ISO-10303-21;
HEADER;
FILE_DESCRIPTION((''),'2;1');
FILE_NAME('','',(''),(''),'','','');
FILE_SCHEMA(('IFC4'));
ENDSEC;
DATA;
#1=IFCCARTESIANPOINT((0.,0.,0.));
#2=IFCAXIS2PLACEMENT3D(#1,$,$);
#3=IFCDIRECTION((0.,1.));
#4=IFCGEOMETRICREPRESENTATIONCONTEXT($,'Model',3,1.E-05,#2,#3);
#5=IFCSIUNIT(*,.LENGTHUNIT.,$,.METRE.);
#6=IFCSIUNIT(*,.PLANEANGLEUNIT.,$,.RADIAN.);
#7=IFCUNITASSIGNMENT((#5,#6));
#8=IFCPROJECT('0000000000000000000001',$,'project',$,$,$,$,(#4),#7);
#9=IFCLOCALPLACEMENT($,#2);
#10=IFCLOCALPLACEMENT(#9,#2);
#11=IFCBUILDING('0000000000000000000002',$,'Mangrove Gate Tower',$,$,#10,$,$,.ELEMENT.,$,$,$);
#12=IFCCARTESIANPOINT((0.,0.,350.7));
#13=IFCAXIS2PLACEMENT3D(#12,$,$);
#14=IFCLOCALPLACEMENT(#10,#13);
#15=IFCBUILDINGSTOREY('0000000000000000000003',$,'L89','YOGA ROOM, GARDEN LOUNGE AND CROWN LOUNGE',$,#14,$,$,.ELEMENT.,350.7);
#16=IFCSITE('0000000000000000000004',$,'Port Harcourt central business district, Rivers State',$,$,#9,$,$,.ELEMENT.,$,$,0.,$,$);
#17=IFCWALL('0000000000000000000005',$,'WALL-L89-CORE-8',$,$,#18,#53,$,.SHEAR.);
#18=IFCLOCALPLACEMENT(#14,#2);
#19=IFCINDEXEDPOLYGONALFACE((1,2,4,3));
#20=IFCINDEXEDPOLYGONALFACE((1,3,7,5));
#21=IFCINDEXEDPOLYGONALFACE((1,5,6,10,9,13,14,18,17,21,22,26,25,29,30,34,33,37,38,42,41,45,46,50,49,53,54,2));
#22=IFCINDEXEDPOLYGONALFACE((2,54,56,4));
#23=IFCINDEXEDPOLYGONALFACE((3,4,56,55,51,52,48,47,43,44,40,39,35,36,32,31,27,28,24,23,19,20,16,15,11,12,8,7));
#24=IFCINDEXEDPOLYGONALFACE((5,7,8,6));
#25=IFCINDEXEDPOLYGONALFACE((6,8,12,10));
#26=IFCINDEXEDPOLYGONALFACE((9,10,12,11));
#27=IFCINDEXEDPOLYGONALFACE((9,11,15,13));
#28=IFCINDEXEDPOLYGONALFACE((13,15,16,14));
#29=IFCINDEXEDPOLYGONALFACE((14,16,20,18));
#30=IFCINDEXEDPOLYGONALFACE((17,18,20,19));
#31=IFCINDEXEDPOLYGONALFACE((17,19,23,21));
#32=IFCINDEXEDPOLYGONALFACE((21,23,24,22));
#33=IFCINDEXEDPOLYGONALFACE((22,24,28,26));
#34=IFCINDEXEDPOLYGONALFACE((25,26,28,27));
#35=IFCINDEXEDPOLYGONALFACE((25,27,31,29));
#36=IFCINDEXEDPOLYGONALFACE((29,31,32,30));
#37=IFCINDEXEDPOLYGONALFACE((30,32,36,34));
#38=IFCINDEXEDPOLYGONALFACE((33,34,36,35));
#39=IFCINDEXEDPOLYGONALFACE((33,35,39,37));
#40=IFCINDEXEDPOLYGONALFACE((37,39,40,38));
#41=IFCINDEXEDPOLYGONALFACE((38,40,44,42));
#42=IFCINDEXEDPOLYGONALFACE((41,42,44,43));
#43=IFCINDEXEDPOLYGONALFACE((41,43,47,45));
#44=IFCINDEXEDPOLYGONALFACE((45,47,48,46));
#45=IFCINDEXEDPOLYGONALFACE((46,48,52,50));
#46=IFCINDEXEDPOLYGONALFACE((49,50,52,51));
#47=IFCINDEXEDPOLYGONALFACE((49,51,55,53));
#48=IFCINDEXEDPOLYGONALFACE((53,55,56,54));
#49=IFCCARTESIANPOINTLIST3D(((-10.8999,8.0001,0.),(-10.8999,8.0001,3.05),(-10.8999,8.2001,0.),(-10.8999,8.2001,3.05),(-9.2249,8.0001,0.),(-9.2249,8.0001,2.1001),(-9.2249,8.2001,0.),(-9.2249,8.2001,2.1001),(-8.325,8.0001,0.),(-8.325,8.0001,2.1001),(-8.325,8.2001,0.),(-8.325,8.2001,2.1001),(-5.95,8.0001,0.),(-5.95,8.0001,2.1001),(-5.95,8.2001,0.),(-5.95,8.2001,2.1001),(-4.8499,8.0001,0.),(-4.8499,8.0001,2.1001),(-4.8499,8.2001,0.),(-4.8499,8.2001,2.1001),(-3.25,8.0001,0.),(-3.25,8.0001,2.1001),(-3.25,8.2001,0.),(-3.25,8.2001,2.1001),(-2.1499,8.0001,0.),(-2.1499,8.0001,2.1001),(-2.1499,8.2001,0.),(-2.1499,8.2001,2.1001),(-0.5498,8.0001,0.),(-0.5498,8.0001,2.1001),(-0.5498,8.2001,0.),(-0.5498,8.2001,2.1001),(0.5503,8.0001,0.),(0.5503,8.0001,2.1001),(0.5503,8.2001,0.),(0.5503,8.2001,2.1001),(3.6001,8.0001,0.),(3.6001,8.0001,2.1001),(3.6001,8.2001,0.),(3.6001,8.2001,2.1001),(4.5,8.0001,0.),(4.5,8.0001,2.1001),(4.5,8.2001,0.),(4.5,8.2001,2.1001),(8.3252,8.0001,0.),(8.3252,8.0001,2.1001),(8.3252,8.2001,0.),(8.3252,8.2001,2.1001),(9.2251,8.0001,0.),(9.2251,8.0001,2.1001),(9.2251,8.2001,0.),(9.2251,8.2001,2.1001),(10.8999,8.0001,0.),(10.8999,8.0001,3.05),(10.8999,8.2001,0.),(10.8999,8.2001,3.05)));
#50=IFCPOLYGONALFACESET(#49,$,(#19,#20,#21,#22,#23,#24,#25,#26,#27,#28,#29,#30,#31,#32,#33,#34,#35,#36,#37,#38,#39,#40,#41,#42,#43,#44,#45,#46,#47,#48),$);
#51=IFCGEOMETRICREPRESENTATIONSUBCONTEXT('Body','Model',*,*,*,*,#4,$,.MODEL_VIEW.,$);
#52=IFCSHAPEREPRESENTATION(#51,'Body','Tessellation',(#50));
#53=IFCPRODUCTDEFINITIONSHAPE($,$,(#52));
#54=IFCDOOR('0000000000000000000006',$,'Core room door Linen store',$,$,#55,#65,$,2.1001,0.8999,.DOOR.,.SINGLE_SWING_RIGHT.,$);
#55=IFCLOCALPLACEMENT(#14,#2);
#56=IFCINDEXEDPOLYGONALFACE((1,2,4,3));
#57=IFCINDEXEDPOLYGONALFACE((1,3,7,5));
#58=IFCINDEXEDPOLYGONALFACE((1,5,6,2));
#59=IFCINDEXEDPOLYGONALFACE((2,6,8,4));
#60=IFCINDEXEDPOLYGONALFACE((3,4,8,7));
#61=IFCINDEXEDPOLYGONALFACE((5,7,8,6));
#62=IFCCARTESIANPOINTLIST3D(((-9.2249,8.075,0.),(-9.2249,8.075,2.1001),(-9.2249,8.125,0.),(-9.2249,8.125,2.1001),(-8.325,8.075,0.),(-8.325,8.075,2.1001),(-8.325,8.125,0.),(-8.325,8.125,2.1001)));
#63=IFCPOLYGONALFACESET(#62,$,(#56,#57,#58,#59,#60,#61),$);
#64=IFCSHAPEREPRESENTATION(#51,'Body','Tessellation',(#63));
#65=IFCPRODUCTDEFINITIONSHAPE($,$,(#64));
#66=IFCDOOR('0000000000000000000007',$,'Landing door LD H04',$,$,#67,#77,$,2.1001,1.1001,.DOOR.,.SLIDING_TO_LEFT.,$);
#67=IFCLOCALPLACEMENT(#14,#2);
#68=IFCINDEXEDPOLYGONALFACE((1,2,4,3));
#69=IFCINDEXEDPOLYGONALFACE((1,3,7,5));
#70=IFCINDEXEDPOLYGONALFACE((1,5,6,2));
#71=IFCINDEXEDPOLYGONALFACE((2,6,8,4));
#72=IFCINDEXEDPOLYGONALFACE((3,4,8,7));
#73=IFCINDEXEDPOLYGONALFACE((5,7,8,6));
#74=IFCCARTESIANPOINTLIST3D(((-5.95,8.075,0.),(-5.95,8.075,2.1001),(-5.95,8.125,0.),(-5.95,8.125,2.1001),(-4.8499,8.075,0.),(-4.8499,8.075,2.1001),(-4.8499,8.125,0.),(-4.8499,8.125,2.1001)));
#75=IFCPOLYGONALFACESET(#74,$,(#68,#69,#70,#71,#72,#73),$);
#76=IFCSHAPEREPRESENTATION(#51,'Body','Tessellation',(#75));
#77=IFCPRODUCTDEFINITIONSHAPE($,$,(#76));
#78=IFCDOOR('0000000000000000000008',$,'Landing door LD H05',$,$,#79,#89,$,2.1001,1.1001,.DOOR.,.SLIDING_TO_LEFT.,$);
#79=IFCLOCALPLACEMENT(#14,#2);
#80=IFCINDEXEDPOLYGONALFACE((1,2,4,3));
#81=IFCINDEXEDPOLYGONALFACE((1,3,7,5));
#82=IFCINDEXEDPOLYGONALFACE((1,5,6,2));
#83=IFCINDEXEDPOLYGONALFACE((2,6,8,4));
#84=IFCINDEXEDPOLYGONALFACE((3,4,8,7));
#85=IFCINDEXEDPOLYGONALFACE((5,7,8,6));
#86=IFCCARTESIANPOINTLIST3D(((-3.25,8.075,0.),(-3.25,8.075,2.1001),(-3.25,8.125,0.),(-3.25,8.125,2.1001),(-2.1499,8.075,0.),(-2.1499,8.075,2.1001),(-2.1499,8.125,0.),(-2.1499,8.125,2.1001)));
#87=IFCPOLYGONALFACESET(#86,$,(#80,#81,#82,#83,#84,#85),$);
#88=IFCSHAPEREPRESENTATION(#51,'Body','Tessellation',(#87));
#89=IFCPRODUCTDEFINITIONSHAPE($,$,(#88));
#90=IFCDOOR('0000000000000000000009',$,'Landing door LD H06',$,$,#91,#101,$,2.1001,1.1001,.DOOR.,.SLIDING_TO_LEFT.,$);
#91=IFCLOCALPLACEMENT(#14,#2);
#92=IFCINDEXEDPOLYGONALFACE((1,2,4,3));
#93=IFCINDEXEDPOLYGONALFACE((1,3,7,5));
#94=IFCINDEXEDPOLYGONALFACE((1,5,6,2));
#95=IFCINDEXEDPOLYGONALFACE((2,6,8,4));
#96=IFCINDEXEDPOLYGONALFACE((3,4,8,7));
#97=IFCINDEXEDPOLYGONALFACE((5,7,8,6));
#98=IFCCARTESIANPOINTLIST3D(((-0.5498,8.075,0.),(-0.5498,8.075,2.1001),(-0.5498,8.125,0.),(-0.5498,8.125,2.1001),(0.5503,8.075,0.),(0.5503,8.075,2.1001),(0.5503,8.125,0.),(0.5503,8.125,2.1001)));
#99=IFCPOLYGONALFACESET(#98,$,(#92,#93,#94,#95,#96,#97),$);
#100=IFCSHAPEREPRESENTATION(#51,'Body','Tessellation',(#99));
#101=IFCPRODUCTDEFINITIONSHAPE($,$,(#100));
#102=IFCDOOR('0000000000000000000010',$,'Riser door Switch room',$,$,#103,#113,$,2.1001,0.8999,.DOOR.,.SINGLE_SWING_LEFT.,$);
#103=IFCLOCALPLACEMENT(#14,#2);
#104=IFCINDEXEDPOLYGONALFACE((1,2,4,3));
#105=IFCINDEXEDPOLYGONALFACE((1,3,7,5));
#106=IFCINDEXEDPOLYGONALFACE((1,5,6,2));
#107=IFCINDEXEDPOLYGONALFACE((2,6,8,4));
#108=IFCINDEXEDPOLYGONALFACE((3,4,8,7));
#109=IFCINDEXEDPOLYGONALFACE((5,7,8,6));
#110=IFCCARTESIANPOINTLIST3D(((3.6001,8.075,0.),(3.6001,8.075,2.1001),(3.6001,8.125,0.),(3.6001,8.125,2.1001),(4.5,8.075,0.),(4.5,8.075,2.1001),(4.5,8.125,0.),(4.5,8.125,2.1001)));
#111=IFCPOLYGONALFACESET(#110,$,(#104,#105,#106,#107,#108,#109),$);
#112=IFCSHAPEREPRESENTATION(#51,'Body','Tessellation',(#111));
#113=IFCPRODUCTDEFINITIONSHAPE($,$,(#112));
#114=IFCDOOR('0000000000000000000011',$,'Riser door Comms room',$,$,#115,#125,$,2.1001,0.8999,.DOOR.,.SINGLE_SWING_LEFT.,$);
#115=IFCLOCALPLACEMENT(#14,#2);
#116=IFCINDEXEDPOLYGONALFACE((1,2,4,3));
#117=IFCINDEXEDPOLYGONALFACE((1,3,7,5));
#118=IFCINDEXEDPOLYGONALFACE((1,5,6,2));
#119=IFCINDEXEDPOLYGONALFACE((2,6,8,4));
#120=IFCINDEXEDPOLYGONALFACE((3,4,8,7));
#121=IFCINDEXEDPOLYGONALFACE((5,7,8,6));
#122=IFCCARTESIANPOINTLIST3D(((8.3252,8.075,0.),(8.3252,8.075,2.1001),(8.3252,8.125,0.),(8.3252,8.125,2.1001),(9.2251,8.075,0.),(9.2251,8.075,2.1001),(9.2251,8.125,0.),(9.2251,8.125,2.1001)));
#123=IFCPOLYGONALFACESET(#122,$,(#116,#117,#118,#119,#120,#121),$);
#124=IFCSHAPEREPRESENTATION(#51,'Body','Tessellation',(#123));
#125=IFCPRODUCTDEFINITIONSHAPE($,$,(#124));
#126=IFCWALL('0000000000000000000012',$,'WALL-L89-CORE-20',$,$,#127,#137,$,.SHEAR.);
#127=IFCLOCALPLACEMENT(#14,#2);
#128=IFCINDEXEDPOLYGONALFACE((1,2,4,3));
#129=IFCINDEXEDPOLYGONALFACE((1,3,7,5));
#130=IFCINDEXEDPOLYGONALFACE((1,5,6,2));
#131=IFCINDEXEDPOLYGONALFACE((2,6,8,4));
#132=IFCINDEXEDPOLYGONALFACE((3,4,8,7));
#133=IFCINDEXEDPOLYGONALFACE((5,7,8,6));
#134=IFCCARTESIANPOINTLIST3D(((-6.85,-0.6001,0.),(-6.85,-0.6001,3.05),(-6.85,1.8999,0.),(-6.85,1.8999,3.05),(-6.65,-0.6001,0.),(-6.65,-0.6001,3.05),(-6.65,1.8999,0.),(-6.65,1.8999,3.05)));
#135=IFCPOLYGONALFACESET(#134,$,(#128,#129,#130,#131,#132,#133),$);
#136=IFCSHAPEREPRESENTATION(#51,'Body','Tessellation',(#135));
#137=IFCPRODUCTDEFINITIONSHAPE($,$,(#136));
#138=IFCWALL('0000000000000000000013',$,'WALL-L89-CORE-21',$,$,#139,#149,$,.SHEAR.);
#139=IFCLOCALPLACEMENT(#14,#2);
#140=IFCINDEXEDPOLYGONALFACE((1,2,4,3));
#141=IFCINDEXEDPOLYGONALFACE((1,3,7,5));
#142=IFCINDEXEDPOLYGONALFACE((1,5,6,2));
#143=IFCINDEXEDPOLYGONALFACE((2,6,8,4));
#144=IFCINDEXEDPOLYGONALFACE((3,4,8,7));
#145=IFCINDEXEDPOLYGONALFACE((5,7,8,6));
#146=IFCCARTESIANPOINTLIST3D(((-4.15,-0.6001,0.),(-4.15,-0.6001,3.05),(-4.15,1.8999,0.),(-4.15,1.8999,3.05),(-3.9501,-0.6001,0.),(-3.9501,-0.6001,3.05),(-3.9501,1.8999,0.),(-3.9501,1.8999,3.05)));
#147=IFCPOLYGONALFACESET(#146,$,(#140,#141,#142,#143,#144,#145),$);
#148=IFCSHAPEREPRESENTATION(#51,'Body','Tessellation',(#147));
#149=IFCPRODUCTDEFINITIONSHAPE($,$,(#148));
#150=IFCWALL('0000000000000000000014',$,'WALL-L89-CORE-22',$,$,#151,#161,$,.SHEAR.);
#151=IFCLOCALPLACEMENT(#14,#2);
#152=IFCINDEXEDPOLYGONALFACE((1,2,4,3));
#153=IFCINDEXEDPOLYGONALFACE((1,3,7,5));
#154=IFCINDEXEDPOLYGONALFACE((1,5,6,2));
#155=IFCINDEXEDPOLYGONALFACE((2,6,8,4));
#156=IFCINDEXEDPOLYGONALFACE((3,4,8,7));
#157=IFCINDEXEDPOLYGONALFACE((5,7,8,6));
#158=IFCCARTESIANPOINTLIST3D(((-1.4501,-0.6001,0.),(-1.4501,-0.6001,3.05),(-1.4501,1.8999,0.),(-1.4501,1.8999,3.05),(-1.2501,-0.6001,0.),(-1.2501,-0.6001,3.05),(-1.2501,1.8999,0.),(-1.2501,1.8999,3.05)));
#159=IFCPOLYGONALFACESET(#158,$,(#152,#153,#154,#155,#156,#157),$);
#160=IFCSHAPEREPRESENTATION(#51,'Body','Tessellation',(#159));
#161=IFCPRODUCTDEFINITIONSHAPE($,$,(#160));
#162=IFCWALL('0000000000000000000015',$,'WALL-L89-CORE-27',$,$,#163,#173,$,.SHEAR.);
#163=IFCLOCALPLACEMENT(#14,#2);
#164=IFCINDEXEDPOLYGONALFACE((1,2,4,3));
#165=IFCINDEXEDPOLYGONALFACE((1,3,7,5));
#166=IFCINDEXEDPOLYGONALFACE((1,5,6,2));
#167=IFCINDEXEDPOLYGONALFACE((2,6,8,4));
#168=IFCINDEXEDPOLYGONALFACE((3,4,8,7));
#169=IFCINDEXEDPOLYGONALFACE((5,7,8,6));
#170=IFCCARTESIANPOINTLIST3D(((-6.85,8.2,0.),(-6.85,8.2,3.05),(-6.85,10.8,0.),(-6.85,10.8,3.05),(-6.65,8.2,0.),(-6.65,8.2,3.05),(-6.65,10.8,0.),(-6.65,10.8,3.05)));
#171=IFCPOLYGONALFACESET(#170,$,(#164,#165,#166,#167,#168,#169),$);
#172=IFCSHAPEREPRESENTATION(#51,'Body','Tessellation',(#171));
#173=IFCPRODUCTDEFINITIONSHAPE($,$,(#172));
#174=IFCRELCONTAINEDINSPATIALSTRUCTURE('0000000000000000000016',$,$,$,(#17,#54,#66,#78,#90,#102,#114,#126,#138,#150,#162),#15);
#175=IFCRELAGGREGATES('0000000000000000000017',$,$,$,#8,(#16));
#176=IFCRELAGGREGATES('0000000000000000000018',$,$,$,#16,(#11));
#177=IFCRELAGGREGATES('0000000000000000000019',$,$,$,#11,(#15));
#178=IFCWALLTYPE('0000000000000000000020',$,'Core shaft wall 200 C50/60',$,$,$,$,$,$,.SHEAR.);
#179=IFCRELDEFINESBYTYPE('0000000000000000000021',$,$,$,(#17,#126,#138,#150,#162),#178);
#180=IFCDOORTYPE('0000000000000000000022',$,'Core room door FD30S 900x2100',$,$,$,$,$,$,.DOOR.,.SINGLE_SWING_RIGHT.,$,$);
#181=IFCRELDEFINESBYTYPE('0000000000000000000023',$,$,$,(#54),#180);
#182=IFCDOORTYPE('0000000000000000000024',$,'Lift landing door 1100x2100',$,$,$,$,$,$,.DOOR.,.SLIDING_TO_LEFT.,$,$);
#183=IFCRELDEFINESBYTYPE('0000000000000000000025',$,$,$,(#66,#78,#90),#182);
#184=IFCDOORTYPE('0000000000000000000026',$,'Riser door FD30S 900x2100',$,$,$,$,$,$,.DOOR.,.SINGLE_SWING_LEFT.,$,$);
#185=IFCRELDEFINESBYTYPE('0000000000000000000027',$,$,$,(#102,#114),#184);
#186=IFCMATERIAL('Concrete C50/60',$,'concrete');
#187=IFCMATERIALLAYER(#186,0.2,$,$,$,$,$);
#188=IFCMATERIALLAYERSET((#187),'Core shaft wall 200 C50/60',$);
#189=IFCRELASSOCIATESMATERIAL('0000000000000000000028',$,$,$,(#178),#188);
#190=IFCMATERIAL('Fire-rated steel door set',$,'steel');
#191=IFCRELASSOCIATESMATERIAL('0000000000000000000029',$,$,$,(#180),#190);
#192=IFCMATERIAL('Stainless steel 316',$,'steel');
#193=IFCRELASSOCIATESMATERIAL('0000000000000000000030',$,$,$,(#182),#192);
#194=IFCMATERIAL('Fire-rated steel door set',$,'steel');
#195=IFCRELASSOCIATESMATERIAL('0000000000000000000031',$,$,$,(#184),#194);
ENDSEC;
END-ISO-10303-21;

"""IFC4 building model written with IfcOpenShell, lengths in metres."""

from ifc_helpers import new_model, si_unit, direction, frame, frame_2d, origin, place, context, subcontext, project, spatial, rectangle, extrude, material, layer, layer_set, type_object, element, fill, save


model = new_model("IFC4")

# Units and contexts
model_context = context("Model", 3, precision=1e-05, world=origin(), true_north=direction((0.0, 1.0)))
body_context = subcontext(model_context, "Body", "Model", "MODEL_VIEW")
ifc_project = project(units=[si_unit("LENGTHUNIT", "METRE"), si_unit("PLANEANGLEUNIT", "RADIAN")], contexts=[model_context])

# Site, building, storey
site_placement = place(None, origin())
site = spatial("IfcSite", under=ifc_project, at=site_placement, Name="Port Harcourt central business district, Rivers State", CompositionType="ELEMENT", RefElevation=0.0)
building_placement = place(site_placement, origin())
building = spatial("IfcBuilding", under=site, at=building_placement, Name="Mangrove Gate Tower", CompositionType="ELEMENT")
storey_placement = place(building_placement, frame((0.0, 0.0, 350.7)))
storey = spatial("IfcBuildingStorey", under=building, at=storey_placement, Name="L89", Description="YOGA ROOM, GARDEN LOUNGE AND CROWN LOUNGE", CompositionType="ELEMENT", Elevation=350.7)

# Shared definitions
ifc_material_1 = material(Name="Concrete C50/60", Category="concrete")
ifc_layer_1 = layer(ifc_material_1, 0.2)
ifc_layer_set_1 = layer_set([ifc_layer_1], Name="Core shaft wall 200 C50/60")
wall_type_1 = type_object("IfcWallType", Name="Core shaft wall 200 C50/60", PredefinedType="SHEAR", material=ifc_layer_set_1)

# Wall, openings, doors
ifc_material_2 = material(Name="Fire-rated steel door set", Category="steel")
door_type_1 = type_object("IfcDoorType", Name="Core room door FD30S 900x2100", OperationType="SINGLE_SWING_RIGHT", PredefinedType="DOOR", material=ifc_material_2)
ifc_material_3 = material(Name="Stainless steel 316", Category="steel")
door_type_2 = type_object("IfcDoorType", Name="Lift landing door 1100x2100", OperationType="SLIDING_TO_LEFT", PredefinedType="DOOR", material=ifc_material_3)
ifc_material_4 = material(Name="Fire-rated steel door set", Category="steel")
door_type_3 = type_object("IfcDoorType", Name="Riser door FD30S 900x2100", OperationType="SINGLE_SWING_LEFT", PredefinedType="DOOR", material=ifc_material_4)
wall_1_placement = place(storey_placement, frame((-10.8999, 8.1001, 0.0), z_axis=(0.0, 0.0, 1.0), x_axis=(1.0, 0.0, 0.0)))
wall_1 = element("IfcWall", 1, at=wall_1_placement, inside=storey, type_object=wall_type_1, Name="WALL-L89-CORE-8", PredefinedType="SHEAR", context=body_context, shape_type="SweptSolid", body=[
    extrude(rectangle(XDim=21.7998, YDim=0.2, at=frame_2d((10.8999, 0.0))), origin(), (0.0, 0.0, 1.0), 3.05),
])
opening_1_placement = place(wall_1_placement, frame((4.95, 0.0, 0.0)))
opening_1 = element("IfcOpeningElement", 2, at=opening_1_placement, cuts=wall_1, PredefinedType="OPENING", context=body_context, shape_type="SweptSolid", body=[
    extrude(rectangle(XDim=1.1001, YDim=2.1001, at=frame_2d((0.55, 1.05))), frame((0.0, 0.1099, 0.0), z_axis=(0.0, -1.0, 0.0), x_axis=(1.0, 0.0, 0.0)), (0.0, 0.0, 1.0), 0.22),
])
opening_2_placement = place(wall_1_placement, frame((7.6499, 0.0, 0.0)))
opening_2 = element("IfcOpeningElement", 3, at=opening_2_placement, cuts=wall_1, PredefinedType="OPENING", context=body_context, shape_type="SweptSolid", body=[
    extrude(rectangle(XDim=1.1001, YDim=2.1001, at=frame_2d((0.55, 1.05))), frame((0.0, 0.1099, 0.0), z_axis=(0.0, -1.0, 0.0), x_axis=(1.0, 0.0, 0.0)), (0.0, 0.0, 1.0), 0.22),
])
opening_3_placement = place(wall_1_placement, frame((10.3501, 0.0, 0.0)))
opening_3 = element("IfcOpeningElement", 4, at=opening_3_placement, cuts=wall_1, PredefinedType="OPENING", context=body_context, shape_type="SweptSolid", body=[
    extrude(rectangle(XDim=1.1001, YDim=2.1001, at=frame_2d((0.55, 1.05))), frame((0.0, 0.1099, 0.0), z_axis=(0.0, -1.0, 0.0), x_axis=(1.0, 0.0, 0.0)), (0.0, 0.0, 1.0), 0.22),
])
opening_4_placement = place(wall_1_placement, frame((1.675, 0.0, 0.0)))
opening_4 = element("IfcOpeningElement", 5, at=opening_4_placement, cuts=wall_1, PredefinedType="OPENING", context=body_context, shape_type="SweptSolid", body=[
    extrude(rectangle(XDim=0.8999, YDim=2.1001, at=frame_2d((0.45, 1.05))), frame((0.0, 0.1099, 0.0), z_axis=(0.0, -1.0, 0.0), x_axis=(1.0, 0.0, 0.0)), (0.0, 0.0, 1.0), 0.22),
])
opening_5_placement = place(wall_1_placement, frame((14.5, 0.0, 0.0)))
opening_5 = element("IfcOpeningElement", 6, at=opening_5_placement, cuts=wall_1, PredefinedType="OPENING", context=body_context, shape_type="SweptSolid", body=[
    extrude(rectangle(XDim=0.8999, YDim=2.1001, at=frame_2d((0.45, 1.05))), frame((0.0, 0.1099, 0.0), z_axis=(0.0, -1.0, 0.0), x_axis=(1.0, 0.0, 0.0)), (0.0, 0.0, 1.0), 0.22),
])
opening_6_placement = place(wall_1_placement, frame((19.2251, 0.0, 0.0)))
opening_6 = element("IfcOpeningElement", 7, at=opening_6_placement, cuts=wall_1, PredefinedType="OPENING", context=body_context, shape_type="SweptSolid", body=[
    extrude(rectangle(XDim=0.8999, YDim=2.1001, at=frame_2d((0.45, 1.05))), frame((0.0, 0.1099, 0.0), z_axis=(0.0, -1.0, 0.0), x_axis=(1.0, 0.0, 0.0)), (0.0, 0.0, 1.0), 0.22),
])
door_1_placement = place(opening_4_placement, origin())
door_1 = element("IfcDoor", 8, at=door_1_placement, inside=storey, type_object=door_type_1, Name="Core room door Linen store", OperationType="SINGLE_SWING_RIGHT", OverallHeight=2.1001, OverallWidth=0.8999, PredefinedType="DOOR", context=body_context, shape_type="SweptSolid", body=[
    extrude(rectangle(XDim=0.8999, YDim=2.1001, at=frame_2d((0.45, 1.05))), frame((0.0, 0.0249, 0.0), z_axis=(0.0, -1.0, 0.0), x_axis=(1.0, 0.0, 0.0)), (0.0, 0.0, 1.0), 0.05),
])
fill(opening_4, door_1)
door_2_placement = place(opening_1_placement, origin())
door_2 = element("IfcDoor", 9, at=door_2_placement, inside=storey, type_object=door_type_2, Name="Landing door LD H04", OperationType="SLIDING_TO_LEFT", OverallHeight=2.1001, OverallWidth=1.1001, PredefinedType="DOOR", context=body_context, shape_type="SweptSolid", body=[
    extrude(rectangle(XDim=1.1001, YDim=2.1001, at=frame_2d((0.55, 1.05))), frame((0.0, 0.0249, 0.0), z_axis=(0.0, -1.0, 0.0), x_axis=(1.0, 0.0, 0.0)), (0.0, 0.0, 1.0), 0.05),
])
fill(opening_1, door_2)
door_3_placement = place(opening_2_placement, origin())
door_3 = element("IfcDoor", 10, at=door_3_placement, inside=storey, type_object=door_type_2, Name="Landing door LD H05", OperationType="SLIDING_TO_LEFT", OverallHeight=2.1001, OverallWidth=1.1001, PredefinedType="DOOR", context=body_context, shape_type="SweptSolid", body=[
    extrude(rectangle(XDim=1.1001, YDim=2.1001, at=frame_2d((0.55, 1.05))), frame((0.0, 0.0249, 0.0), z_axis=(0.0, -1.0, 0.0), x_axis=(1.0, 0.0, 0.0)), (0.0, 0.0, 1.0), 0.05),
])
fill(opening_2, door_3)
door_4_placement = place(opening_3_placement, origin())
door_4 = element("IfcDoor", 11, at=door_4_placement, inside=storey, type_object=door_type_2, Name="Landing door LD H06", OperationType="SLIDING_TO_LEFT", OverallHeight=2.1001, OverallWidth=1.1001, PredefinedType="DOOR", context=body_context, shape_type="SweptSolid", body=[
    extrude(rectangle(XDim=1.1001, YDim=2.1001, at=frame_2d((0.55, 1.05))), frame((0.0, 0.0249, 0.0), z_axis=(0.0, -1.0, 0.0), x_axis=(1.0, 0.0, 0.0)), (0.0, 0.0, 1.0), 0.05),
])
fill(opening_3, door_4)
door_5_placement = place(opening_5_placement, origin())
door_5 = element("IfcDoor", 12, at=door_5_placement, inside=storey, type_object=door_type_3, Name="Riser door Switch room", OperationType="SINGLE_SWING_LEFT", OverallHeight=2.1001, OverallWidth=0.8999, PredefinedType="DOOR", context=body_context, shape_type="SweptSolid", body=[
    extrude(rectangle(XDim=0.8999, YDim=2.1001, at=frame_2d((0.45, 1.05))), frame((0.0, 0.0249, 0.0), z_axis=(0.0, -1.0, 0.0), x_axis=(1.0, 0.0, 0.0)), (0.0, 0.0, 1.0), 0.05),
])
fill(opening_5, door_5)
door_6_placement = place(opening_6_placement, origin())
door_6 = element("IfcDoor", 13, at=door_6_placement, inside=storey, type_object=door_type_3, Name="Riser door Comms room", OperationType="SINGLE_SWING_LEFT", OverallHeight=2.1001, OverallWidth=0.8999, PredefinedType="DOOR", context=body_context, shape_type="SweptSolid", body=[
    extrude(rectangle(XDim=0.8999, YDim=2.1001, at=frame_2d((0.45, 1.05))), frame((0.0, 0.0249, 0.0), z_axis=(0.0, -1.0, 0.0), x_axis=(1.0, 0.0, 0.0)), (0.0, 0.0, 1.0), 0.05),
])
fill(opening_6, door_6)

# Walls
for number, where, z_axis, x_axis, name in (
    (14, (-6.75, -0.6001, 0.0), (0.0, 0.0, 1.0), (0.0, 1.0, 0.0), "WALL-L89-CORE-20"),
    (15, (-4.05, -0.6001, 0.0), (0.0, 0.0, 1.0), (0.0, 1.0, 0.0), "WALL-L89-CORE-21"),
    (16, (-1.3501, -0.6001, 0.0), (0.0, 0.0, 1.0), (0.0, 1.0, 0.0), "WALL-L89-CORE-22"),
):
    element("IfcWall", number, at=place(storey_placement, frame(where, z_axis=z_axis, x_axis=x_axis)), inside=storey, type_object=wall_type_1, Name=name, PredefinedType="SHEAR", context=body_context, shape_type="SweptSolid", body=[
        extrude(rectangle(XDim=2.5, YDim=0.2, at=frame_2d((1.25, 0.0))), origin(), (0.0, 0.0, 1.0), 3.05),
    ])
for number, where, z_axis, x_axis, name in (
    (17, (-6.75, 8.2, 0.0), (0.0, 0.0, 1.0), (0.0, 1.0, 0.0), "WALL-L89-CORE-27"),
):
    element("IfcWall", number, at=place(storey_placement, frame(where, z_axis=z_axis, x_axis=x_axis)), inside=storey, type_object=wall_type_1, Name=name, PredefinedType="SHEAR", context=body_context, shape_type="SweptSolid", body=[
        extrude(rectangle(XDim=2.6001, YDim=0.2, at=frame_2d((1.3, 0.0))), origin(), (0.0, 0.0, 1.0), 3.05),
    ])

save(model, "model.ifc")
